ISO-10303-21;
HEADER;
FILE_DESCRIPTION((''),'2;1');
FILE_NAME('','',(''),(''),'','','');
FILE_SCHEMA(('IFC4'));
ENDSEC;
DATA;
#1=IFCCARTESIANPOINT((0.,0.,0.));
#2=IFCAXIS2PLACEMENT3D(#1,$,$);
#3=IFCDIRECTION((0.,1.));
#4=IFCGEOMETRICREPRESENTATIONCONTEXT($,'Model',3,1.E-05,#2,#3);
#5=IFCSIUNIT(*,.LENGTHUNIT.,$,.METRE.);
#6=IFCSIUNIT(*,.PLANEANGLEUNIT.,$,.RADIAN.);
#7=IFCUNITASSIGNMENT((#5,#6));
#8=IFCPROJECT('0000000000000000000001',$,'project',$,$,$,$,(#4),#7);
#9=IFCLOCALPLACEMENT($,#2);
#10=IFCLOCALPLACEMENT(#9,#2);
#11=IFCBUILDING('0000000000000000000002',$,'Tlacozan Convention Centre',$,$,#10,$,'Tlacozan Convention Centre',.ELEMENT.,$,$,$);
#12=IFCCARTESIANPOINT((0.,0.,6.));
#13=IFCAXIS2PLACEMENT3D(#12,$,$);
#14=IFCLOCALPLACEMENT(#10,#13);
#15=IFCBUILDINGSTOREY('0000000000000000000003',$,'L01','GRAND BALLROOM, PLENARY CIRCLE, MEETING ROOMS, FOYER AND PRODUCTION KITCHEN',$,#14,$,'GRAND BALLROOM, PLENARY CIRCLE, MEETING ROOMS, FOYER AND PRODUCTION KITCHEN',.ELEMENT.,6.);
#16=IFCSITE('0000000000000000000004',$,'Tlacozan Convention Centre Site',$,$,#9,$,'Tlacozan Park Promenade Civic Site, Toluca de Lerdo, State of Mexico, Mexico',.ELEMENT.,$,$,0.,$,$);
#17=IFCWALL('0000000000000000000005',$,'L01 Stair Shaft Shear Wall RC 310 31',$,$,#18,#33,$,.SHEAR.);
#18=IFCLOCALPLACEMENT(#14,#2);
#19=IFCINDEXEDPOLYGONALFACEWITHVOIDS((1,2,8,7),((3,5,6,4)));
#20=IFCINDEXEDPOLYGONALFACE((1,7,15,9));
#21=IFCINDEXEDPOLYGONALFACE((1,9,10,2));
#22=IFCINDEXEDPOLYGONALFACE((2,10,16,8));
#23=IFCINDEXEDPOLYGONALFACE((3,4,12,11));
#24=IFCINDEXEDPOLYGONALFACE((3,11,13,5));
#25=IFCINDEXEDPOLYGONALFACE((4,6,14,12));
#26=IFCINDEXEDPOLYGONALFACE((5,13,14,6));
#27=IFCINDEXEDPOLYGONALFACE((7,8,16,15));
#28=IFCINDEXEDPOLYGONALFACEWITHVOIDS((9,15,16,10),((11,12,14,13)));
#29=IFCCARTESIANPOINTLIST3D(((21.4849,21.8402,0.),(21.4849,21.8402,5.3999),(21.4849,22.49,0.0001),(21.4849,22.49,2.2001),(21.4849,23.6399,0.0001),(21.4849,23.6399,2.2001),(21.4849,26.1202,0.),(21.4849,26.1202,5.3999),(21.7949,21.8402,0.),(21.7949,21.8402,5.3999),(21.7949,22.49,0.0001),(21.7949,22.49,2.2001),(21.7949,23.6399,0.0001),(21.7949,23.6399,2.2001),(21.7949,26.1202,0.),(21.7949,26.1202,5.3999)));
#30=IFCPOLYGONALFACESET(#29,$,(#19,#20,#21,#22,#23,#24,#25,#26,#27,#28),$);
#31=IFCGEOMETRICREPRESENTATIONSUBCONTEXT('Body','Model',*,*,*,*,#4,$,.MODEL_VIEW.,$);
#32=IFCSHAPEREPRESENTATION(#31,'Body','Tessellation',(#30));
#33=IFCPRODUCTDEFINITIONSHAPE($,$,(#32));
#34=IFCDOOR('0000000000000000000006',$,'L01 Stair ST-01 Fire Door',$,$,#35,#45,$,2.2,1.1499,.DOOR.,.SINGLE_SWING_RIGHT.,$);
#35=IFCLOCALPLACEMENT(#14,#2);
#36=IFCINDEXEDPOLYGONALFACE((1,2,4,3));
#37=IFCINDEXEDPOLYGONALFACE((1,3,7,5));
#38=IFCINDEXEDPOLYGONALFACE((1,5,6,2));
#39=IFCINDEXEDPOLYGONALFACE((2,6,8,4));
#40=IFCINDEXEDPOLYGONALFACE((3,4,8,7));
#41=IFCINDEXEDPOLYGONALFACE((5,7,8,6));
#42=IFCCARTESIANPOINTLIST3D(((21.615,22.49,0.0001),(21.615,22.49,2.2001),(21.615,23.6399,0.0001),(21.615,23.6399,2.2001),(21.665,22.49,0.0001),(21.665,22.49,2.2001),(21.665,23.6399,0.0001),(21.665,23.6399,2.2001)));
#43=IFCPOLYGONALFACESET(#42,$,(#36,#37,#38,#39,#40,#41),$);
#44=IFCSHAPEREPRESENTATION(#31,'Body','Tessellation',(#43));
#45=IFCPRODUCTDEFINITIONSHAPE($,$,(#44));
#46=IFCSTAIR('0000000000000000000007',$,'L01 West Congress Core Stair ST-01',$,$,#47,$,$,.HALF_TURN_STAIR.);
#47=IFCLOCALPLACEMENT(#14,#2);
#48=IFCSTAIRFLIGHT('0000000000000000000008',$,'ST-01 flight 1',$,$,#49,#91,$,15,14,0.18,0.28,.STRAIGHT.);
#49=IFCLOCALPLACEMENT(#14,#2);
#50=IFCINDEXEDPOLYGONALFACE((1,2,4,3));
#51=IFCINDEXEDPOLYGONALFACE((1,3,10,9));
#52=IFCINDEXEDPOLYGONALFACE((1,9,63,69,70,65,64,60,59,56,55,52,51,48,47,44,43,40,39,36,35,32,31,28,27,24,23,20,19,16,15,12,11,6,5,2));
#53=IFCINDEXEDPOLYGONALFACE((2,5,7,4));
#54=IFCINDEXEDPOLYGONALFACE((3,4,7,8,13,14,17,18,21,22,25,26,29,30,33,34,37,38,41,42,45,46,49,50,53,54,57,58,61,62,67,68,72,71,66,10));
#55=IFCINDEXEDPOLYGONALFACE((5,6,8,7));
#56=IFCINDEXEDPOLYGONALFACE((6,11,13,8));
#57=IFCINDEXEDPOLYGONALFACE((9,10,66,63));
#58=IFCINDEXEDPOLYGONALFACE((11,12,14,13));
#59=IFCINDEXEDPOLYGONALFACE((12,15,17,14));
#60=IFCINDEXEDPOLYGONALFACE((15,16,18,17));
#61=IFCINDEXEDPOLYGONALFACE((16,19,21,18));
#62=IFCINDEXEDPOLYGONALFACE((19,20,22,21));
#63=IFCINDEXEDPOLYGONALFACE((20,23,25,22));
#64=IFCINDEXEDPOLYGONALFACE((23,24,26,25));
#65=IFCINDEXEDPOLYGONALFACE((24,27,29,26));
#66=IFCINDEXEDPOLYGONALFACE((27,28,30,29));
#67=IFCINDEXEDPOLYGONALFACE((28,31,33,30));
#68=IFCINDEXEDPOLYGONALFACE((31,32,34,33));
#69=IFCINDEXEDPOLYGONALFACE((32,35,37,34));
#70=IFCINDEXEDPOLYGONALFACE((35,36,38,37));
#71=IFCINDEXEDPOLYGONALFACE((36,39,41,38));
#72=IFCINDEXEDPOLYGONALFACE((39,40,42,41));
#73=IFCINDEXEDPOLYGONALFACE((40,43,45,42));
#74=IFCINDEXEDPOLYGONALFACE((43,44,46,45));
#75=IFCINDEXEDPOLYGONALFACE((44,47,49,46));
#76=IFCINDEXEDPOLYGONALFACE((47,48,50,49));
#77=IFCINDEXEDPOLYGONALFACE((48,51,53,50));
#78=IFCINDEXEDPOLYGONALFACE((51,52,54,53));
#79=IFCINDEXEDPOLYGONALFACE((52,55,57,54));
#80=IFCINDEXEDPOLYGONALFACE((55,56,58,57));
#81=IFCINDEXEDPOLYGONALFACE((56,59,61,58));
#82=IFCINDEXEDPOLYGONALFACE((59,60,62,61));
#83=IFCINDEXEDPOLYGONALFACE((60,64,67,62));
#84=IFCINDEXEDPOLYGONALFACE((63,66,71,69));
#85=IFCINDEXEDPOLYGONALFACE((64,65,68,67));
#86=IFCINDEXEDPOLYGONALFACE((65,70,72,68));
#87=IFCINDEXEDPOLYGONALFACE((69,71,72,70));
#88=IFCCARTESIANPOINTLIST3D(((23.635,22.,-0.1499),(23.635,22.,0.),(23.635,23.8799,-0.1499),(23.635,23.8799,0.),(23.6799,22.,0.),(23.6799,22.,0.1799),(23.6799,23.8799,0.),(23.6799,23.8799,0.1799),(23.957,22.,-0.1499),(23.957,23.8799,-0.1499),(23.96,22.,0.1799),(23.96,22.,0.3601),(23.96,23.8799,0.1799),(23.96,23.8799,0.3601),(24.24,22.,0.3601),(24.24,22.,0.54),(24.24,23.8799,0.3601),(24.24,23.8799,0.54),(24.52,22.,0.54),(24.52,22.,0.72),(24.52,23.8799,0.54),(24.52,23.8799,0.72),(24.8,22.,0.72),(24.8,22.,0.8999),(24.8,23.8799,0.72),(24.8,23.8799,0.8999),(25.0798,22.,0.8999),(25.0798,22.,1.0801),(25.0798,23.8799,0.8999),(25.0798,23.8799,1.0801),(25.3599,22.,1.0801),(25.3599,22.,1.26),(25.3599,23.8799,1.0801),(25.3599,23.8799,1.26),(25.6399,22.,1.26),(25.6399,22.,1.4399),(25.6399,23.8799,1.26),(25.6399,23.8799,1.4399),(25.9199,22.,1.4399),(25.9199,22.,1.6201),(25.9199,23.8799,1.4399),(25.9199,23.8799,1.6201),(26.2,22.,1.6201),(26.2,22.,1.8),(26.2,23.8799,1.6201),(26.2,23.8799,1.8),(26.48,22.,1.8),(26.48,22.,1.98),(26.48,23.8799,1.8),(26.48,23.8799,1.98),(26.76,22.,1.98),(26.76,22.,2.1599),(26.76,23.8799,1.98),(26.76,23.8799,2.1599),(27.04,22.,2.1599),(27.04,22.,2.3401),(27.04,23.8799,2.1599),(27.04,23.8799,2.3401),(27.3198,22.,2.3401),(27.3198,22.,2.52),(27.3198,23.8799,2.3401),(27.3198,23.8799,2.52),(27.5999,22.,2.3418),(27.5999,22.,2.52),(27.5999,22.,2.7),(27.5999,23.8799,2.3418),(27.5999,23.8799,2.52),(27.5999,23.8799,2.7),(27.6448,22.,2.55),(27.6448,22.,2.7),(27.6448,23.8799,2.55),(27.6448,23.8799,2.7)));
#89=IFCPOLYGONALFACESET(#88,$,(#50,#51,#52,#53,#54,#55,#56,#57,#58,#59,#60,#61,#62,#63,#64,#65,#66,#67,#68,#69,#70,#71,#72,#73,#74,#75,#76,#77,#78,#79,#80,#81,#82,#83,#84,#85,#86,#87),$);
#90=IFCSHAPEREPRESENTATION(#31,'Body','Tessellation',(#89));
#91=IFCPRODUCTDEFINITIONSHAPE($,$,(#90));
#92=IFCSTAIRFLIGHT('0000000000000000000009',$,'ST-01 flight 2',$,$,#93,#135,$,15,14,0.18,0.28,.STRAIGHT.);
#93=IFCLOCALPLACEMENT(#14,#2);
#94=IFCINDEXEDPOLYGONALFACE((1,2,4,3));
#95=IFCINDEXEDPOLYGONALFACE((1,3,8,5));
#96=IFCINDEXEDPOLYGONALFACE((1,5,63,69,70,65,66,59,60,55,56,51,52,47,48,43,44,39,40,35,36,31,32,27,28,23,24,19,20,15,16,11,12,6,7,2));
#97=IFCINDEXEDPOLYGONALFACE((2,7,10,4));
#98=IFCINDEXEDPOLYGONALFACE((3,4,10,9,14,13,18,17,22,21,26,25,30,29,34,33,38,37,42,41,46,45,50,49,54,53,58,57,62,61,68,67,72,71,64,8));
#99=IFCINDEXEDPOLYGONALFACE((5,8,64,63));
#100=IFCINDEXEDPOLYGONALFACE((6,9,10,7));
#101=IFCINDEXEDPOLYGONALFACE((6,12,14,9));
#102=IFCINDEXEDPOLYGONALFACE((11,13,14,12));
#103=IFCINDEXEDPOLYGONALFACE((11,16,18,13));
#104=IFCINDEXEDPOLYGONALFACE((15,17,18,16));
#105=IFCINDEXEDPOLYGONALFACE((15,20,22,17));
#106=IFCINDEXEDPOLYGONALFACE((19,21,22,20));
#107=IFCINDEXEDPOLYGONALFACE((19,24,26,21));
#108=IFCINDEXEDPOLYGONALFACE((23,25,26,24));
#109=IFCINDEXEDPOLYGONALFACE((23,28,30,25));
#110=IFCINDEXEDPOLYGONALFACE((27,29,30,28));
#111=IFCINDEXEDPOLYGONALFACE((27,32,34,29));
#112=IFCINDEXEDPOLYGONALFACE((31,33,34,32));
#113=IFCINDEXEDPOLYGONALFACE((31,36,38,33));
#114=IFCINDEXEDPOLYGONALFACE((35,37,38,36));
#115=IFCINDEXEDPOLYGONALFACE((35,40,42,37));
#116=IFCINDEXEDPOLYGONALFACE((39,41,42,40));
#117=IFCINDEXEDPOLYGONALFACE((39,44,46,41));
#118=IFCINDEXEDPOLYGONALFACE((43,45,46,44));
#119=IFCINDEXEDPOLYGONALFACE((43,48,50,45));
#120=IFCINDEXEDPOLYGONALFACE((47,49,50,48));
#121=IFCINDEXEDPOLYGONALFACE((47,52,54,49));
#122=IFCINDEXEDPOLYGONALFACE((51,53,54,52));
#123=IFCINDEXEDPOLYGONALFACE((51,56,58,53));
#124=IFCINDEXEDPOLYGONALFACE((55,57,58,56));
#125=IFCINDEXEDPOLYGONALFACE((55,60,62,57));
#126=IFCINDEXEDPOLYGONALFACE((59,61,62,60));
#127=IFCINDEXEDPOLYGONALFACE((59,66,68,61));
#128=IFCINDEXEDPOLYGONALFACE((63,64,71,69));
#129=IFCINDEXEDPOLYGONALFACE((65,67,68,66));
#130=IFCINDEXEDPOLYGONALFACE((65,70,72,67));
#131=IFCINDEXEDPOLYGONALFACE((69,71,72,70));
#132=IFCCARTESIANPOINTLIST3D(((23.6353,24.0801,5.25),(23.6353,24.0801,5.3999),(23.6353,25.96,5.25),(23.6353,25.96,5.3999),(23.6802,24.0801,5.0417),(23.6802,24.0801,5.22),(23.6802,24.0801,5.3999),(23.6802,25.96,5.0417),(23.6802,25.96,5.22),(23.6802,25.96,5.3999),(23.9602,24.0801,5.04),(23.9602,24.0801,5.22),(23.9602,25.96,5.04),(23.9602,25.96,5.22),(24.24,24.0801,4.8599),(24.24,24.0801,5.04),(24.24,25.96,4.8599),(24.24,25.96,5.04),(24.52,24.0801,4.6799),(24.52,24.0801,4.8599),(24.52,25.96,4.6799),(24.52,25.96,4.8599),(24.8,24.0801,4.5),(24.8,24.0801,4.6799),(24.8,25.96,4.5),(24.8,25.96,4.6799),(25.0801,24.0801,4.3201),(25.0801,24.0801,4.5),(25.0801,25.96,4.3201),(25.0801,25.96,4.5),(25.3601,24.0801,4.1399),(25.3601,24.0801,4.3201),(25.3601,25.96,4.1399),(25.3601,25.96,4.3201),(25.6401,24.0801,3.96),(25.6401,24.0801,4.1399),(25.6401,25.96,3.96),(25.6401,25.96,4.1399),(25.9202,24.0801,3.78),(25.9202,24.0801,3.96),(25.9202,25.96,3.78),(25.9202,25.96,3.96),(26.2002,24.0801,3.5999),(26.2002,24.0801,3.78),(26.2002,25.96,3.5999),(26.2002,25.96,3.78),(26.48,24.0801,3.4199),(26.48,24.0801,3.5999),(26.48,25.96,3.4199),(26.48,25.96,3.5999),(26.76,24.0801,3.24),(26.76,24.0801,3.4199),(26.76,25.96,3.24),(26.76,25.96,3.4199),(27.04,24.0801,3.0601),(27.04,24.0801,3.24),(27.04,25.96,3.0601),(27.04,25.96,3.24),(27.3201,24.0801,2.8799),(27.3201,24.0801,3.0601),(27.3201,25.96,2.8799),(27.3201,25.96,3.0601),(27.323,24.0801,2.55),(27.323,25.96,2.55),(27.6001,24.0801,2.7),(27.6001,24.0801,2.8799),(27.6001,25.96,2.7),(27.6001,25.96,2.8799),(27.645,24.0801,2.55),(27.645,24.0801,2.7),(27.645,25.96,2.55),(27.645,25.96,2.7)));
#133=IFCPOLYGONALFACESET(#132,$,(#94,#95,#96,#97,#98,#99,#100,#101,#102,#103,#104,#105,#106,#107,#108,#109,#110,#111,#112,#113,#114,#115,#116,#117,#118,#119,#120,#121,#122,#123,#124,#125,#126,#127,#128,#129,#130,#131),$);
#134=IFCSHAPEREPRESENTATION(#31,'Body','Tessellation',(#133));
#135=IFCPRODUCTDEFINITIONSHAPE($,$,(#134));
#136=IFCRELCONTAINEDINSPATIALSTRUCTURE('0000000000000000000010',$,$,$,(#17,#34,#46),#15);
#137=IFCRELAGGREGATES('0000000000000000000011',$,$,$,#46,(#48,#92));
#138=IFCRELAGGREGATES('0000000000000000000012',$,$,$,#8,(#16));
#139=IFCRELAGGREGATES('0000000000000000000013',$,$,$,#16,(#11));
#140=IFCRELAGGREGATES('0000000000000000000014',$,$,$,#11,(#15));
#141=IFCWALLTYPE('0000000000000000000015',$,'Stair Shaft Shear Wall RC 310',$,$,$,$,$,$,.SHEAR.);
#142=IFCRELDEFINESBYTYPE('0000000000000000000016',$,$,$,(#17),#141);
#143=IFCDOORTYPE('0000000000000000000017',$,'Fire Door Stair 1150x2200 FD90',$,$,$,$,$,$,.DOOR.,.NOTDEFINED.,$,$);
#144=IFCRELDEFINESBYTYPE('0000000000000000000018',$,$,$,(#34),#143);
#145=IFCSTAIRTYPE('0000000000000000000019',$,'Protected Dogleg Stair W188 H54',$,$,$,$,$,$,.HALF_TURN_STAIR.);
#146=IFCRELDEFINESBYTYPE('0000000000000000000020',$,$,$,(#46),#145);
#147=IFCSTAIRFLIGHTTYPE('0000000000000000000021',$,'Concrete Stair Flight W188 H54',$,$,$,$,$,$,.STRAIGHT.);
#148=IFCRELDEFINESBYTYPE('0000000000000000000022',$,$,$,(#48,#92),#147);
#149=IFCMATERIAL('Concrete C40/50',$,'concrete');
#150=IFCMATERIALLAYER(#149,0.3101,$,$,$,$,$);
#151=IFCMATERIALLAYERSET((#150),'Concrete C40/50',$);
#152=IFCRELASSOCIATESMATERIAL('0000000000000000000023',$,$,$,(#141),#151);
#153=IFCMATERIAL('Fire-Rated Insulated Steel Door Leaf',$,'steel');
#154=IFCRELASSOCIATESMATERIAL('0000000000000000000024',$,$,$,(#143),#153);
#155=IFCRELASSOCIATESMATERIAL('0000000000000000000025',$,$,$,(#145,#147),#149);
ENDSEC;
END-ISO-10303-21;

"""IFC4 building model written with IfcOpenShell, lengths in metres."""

from ifc_helpers import new_model, si_unit, direction, frame, frame_2d, origin, place, context, subcontext, project, spatial, polyline, rectangle, outline, extrude, material, layer, layer_set, type_object, element, fill, aggregate, save


model = new_model("IFC4")

# Units and contexts
model_context = context("Model", 3, precision=1e-05, world=origin(), true_north=direction((0.0, 1.0)))
body_context = subcontext(model_context, "Body", "Model", "MODEL_VIEW")
ifc_project = project(units=[si_unit("LENGTHUNIT", "METRE"), si_unit("PLANEANGLEUNIT", "RADIAN")], contexts=[model_context])

# Site, building, storey
site_placement = place(None, origin())
site = spatial("IfcSite", under=ifc_project, at=site_placement, Name="Tlacozan Convention Centre Site", LongName="Tlacozan Park Promenade Civic Site, Toluca de Lerdo, State of Mexico, Mexico", CompositionType="ELEMENT", RefElevation=0.0)
building_placement = place(site_placement, origin())
building = spatial("IfcBuilding", under=site, at=building_placement, Name="Tlacozan Convention Centre", LongName="Tlacozan Convention Centre", CompositionType="ELEMENT")
storey_placement = place(building_placement, frame((0.0, 0.0, 6.0)))
storey = spatial("IfcBuildingStorey", under=building, at=storey_placement, Name="L01", Description="GRAND BALLROOM, PLENARY CIRCLE, MEETING ROOMS, FOYER AND PRODUCTION KITCHEN", LongName="GRAND BALLROOM, PLENARY CIRCLE, MEETING ROOMS, FOYER AND PRODUCTION KITCHEN", CompositionType="ELEMENT", Elevation=6.0)

# Shared definitions
ifc_material_1 = material(Name="Concrete C40/50", Category="concrete")

# Shared definitions
ifc_material_2 = material(Name="Fire-Rated Insulated Steel Door Leaf", Category="steel")

# Shared definitions
ifc_layer_1 = layer(ifc_material_1, 0.3101)
ifc_layer_set_1 = layer_set([ifc_layer_1], Name="Concrete C40/50")
wall_type_1 = type_object("IfcWallType", Name="Stair Shaft Shear Wall RC 310", PredefinedType="SHEAR", material=ifc_layer_set_1)

# Wall, opening, door
wall_1_placement = place(storey_placement, frame((21.6399, 21.8401, 0.0), z_axis=(0.0, 0.0, 1.0), x_axis=(0.0, 1.0, 0.0)))
wall_1 = element("IfcWall", 1, at=wall_1_placement, inside=storey, type_object=wall_type_1, Name="L01 Stair Shaft Shear Wall RC 310 31", PredefinedType="SHEAR", context=body_context, shape_type="SweptSolid", body=[
    extrude(rectangle(XDim=4.28, YDim=0.3101, at=frame_2d((2.1401, 0.0))), origin(), (0.0, 0.0, 1.0), 5.3999),
])
opening_1_placement = place(wall_1_placement, frame((0.6499, 0.0, 0.0)))
opening_1 = element("IfcOpeningElement", 2, at=opening_1_placement, cuts=wall_1, PredefinedType="OPENING", context=body_context, shape_type="SweptSolid", body=[
    extrude(rectangle(XDim=1.1499, YDim=2.2, at=frame_2d((0.575, 1.1001))), frame((0.0, 0.165, 0.0), z_axis=(0.0, -1.0, 0.0), x_axis=(1.0, 0.0, 0.0)), (0.0, 0.0, 1.0), 0.3301),
])
door_type_1 = type_object("IfcDoorType", Name="Fire Door Stair 1150x2200 FD90", OperationType="NOTDEFINED", PredefinedType="DOOR", material=ifc_material_2)
door_1_placement = place(opening_1_placement, origin())
door_1 = element("IfcDoor", 3, at=door_1_placement, inside=storey, type_object=door_type_1, Name="L01 Stair ST-01 Fire Door", OperationType="SINGLE_SWING_RIGHT", OverallHeight=2.2, OverallWidth=1.1499, PredefinedType="DOOR", context=body_context, shape_type="SweptSolid", body=[
    extrude(rectangle(XDim=1.1499, YDim=2.2, at=frame_2d((0.575, 1.1001))), frame((0.0, 0.0249, 0.0), z_axis=(0.0, -1.0, 0.0), x_axis=(1.0, 0.0, 0.0)), (0.0, 0.0, 1.0), 0.05),
])
fill(opening_1, door_1)

# Stair, stair flights
stair_type = type_object("IfcStairType", Name="Protected Dogleg Stair W188 H54", PredefinedType="HALF_TURN_STAIR", material=ifc_material_1)
stair_placement = place(storey_placement, origin())
stair = element("IfcStair", 4, at=stair_placement, inside=storey, type_object=stair_type, Name="L01 West Congress Core Stair ST-01", PredefinedType="HALF_TURN_STAIR")
stair_flight_type = type_object("IfcStairFlightType", Name="Concrete Stair Flight W188 H54", PredefinedType="STRAIGHT", material=ifc_material_1)
stair_flight_1_placement = place(storey_placement, frame((23.6799, 22.9399, 0.0), z_axis=(0.0, 0.0, 1.0), x_axis=(1.0, 0.0, 0.0)))
stair_flight_1 = element("IfcStairFlight", 5, at=stair_flight_1_placement, type_object=stair_flight_type, Name="ST-01 flight 1", NumberOfRisers=15, NumberOfTreads=14, PredefinedType="STRAIGHT", RiserHeight=0.18, TreadLength=0.28, context=body_context, shape_type="SweptSolid", body=[
    extrude(outline(polyline([(-0.0449, -0.1499), (-0.0449, 0.0), (0.0, 0.0), (0.0, 0.1799), (0.28, 0.1799), (0.28, 0.3601), (0.5601, 0.3601), (0.5601, 0.54), (0.8401, 0.54), (0.8401, 0.72), (1.1201, 0.72), (1.1201, 0.8999), (1.3999, 0.8999), (1.3999, 1.0801), (1.6799, 1.0801), (1.6799, 1.26), (1.96, 1.26), (1.96, 1.4399), (2.24, 1.4399), (2.24, 1.6201), (2.52, 1.6201), (2.52, 1.8), (2.8, 1.8), (2.8, 1.98), (3.0801, 1.98), (3.0801, 2.1599), (3.3601, 2.1599), (3.3601, 2.3401), (3.6399, 2.3401), (3.6399, 2.52), (3.9199, 2.52), (3.9199, 2.7), (3.9648, 2.7), (3.9648, 2.55), (3.9199, 2.3418), (0.2771, -0.1499), (-0.0449, -0.1499)])), frame((0.0, 0.9399, 0.0), z_axis=(0.0, -1.0, 0.0), x_axis=(1.0, 0.0, 0.0)), (0.0, 0.0, 1.0), 1.8799),
])
stair_flight_2_placement = place(storey_placement, frame((27.6001, 25.02, 2.7), z_axis=(0.0, 0.0, 1.0), x_axis=(-1.0, 0.0, 0.0)))
stair_flight_2 = element("IfcStairFlight", 6, at=stair_flight_2_placement, type_object=stair_flight_type, Name="ST-01 flight 2", NumberOfRisers=15, NumberOfTreads=14, PredefinedType="STRAIGHT", RiserHeight=0.18, TreadLength=0.28, context=body_context, shape_type="SweptSolid", body=[
    extrude(outline(polyline([(-0.0449, -0.1499), (-0.0449, 0.0), (0.0, 0.0), (0.0, 0.1799), (0.28, 0.1799), (0.28, 0.3601), (0.5601, 0.3601), (0.5601, 0.54), (0.8401, 0.54), (0.8401, 0.72), (1.1201, 0.72), (1.1201, 0.8999), (1.3999, 0.8999), (1.3999, 1.0801), (1.6799, 1.0801), (1.6799, 1.26), (1.96, 1.26), (1.96, 1.4399), (2.24, 1.4399), (2.24, 1.6201), (2.52, 1.6201), (2.52, 1.8), (2.8, 1.8), (2.8, 1.98), (3.0801, 1.98), (3.0801, 2.1599), (3.3601, 2.1599), (3.3601, 2.3401), (3.6399, 2.3401), (3.6399, 2.52), (3.9199, 2.52), (3.9199, 2.7), (3.9648, 2.7), (3.9648, 2.55), (3.9199, 2.3418), (0.2771, -0.1499), (-0.0449, -0.1499)])), frame((0.0, 0.9399, 0.0), z_axis=(0.0, -1.0, 0.0), x_axis=(1.0, 0.0, 0.0)), (0.0, 0.0, 1.0), 1.8799),
])
aggregate(stair, [stair_flight_1, stair_flight_2])

save(model, "model.ifc")
